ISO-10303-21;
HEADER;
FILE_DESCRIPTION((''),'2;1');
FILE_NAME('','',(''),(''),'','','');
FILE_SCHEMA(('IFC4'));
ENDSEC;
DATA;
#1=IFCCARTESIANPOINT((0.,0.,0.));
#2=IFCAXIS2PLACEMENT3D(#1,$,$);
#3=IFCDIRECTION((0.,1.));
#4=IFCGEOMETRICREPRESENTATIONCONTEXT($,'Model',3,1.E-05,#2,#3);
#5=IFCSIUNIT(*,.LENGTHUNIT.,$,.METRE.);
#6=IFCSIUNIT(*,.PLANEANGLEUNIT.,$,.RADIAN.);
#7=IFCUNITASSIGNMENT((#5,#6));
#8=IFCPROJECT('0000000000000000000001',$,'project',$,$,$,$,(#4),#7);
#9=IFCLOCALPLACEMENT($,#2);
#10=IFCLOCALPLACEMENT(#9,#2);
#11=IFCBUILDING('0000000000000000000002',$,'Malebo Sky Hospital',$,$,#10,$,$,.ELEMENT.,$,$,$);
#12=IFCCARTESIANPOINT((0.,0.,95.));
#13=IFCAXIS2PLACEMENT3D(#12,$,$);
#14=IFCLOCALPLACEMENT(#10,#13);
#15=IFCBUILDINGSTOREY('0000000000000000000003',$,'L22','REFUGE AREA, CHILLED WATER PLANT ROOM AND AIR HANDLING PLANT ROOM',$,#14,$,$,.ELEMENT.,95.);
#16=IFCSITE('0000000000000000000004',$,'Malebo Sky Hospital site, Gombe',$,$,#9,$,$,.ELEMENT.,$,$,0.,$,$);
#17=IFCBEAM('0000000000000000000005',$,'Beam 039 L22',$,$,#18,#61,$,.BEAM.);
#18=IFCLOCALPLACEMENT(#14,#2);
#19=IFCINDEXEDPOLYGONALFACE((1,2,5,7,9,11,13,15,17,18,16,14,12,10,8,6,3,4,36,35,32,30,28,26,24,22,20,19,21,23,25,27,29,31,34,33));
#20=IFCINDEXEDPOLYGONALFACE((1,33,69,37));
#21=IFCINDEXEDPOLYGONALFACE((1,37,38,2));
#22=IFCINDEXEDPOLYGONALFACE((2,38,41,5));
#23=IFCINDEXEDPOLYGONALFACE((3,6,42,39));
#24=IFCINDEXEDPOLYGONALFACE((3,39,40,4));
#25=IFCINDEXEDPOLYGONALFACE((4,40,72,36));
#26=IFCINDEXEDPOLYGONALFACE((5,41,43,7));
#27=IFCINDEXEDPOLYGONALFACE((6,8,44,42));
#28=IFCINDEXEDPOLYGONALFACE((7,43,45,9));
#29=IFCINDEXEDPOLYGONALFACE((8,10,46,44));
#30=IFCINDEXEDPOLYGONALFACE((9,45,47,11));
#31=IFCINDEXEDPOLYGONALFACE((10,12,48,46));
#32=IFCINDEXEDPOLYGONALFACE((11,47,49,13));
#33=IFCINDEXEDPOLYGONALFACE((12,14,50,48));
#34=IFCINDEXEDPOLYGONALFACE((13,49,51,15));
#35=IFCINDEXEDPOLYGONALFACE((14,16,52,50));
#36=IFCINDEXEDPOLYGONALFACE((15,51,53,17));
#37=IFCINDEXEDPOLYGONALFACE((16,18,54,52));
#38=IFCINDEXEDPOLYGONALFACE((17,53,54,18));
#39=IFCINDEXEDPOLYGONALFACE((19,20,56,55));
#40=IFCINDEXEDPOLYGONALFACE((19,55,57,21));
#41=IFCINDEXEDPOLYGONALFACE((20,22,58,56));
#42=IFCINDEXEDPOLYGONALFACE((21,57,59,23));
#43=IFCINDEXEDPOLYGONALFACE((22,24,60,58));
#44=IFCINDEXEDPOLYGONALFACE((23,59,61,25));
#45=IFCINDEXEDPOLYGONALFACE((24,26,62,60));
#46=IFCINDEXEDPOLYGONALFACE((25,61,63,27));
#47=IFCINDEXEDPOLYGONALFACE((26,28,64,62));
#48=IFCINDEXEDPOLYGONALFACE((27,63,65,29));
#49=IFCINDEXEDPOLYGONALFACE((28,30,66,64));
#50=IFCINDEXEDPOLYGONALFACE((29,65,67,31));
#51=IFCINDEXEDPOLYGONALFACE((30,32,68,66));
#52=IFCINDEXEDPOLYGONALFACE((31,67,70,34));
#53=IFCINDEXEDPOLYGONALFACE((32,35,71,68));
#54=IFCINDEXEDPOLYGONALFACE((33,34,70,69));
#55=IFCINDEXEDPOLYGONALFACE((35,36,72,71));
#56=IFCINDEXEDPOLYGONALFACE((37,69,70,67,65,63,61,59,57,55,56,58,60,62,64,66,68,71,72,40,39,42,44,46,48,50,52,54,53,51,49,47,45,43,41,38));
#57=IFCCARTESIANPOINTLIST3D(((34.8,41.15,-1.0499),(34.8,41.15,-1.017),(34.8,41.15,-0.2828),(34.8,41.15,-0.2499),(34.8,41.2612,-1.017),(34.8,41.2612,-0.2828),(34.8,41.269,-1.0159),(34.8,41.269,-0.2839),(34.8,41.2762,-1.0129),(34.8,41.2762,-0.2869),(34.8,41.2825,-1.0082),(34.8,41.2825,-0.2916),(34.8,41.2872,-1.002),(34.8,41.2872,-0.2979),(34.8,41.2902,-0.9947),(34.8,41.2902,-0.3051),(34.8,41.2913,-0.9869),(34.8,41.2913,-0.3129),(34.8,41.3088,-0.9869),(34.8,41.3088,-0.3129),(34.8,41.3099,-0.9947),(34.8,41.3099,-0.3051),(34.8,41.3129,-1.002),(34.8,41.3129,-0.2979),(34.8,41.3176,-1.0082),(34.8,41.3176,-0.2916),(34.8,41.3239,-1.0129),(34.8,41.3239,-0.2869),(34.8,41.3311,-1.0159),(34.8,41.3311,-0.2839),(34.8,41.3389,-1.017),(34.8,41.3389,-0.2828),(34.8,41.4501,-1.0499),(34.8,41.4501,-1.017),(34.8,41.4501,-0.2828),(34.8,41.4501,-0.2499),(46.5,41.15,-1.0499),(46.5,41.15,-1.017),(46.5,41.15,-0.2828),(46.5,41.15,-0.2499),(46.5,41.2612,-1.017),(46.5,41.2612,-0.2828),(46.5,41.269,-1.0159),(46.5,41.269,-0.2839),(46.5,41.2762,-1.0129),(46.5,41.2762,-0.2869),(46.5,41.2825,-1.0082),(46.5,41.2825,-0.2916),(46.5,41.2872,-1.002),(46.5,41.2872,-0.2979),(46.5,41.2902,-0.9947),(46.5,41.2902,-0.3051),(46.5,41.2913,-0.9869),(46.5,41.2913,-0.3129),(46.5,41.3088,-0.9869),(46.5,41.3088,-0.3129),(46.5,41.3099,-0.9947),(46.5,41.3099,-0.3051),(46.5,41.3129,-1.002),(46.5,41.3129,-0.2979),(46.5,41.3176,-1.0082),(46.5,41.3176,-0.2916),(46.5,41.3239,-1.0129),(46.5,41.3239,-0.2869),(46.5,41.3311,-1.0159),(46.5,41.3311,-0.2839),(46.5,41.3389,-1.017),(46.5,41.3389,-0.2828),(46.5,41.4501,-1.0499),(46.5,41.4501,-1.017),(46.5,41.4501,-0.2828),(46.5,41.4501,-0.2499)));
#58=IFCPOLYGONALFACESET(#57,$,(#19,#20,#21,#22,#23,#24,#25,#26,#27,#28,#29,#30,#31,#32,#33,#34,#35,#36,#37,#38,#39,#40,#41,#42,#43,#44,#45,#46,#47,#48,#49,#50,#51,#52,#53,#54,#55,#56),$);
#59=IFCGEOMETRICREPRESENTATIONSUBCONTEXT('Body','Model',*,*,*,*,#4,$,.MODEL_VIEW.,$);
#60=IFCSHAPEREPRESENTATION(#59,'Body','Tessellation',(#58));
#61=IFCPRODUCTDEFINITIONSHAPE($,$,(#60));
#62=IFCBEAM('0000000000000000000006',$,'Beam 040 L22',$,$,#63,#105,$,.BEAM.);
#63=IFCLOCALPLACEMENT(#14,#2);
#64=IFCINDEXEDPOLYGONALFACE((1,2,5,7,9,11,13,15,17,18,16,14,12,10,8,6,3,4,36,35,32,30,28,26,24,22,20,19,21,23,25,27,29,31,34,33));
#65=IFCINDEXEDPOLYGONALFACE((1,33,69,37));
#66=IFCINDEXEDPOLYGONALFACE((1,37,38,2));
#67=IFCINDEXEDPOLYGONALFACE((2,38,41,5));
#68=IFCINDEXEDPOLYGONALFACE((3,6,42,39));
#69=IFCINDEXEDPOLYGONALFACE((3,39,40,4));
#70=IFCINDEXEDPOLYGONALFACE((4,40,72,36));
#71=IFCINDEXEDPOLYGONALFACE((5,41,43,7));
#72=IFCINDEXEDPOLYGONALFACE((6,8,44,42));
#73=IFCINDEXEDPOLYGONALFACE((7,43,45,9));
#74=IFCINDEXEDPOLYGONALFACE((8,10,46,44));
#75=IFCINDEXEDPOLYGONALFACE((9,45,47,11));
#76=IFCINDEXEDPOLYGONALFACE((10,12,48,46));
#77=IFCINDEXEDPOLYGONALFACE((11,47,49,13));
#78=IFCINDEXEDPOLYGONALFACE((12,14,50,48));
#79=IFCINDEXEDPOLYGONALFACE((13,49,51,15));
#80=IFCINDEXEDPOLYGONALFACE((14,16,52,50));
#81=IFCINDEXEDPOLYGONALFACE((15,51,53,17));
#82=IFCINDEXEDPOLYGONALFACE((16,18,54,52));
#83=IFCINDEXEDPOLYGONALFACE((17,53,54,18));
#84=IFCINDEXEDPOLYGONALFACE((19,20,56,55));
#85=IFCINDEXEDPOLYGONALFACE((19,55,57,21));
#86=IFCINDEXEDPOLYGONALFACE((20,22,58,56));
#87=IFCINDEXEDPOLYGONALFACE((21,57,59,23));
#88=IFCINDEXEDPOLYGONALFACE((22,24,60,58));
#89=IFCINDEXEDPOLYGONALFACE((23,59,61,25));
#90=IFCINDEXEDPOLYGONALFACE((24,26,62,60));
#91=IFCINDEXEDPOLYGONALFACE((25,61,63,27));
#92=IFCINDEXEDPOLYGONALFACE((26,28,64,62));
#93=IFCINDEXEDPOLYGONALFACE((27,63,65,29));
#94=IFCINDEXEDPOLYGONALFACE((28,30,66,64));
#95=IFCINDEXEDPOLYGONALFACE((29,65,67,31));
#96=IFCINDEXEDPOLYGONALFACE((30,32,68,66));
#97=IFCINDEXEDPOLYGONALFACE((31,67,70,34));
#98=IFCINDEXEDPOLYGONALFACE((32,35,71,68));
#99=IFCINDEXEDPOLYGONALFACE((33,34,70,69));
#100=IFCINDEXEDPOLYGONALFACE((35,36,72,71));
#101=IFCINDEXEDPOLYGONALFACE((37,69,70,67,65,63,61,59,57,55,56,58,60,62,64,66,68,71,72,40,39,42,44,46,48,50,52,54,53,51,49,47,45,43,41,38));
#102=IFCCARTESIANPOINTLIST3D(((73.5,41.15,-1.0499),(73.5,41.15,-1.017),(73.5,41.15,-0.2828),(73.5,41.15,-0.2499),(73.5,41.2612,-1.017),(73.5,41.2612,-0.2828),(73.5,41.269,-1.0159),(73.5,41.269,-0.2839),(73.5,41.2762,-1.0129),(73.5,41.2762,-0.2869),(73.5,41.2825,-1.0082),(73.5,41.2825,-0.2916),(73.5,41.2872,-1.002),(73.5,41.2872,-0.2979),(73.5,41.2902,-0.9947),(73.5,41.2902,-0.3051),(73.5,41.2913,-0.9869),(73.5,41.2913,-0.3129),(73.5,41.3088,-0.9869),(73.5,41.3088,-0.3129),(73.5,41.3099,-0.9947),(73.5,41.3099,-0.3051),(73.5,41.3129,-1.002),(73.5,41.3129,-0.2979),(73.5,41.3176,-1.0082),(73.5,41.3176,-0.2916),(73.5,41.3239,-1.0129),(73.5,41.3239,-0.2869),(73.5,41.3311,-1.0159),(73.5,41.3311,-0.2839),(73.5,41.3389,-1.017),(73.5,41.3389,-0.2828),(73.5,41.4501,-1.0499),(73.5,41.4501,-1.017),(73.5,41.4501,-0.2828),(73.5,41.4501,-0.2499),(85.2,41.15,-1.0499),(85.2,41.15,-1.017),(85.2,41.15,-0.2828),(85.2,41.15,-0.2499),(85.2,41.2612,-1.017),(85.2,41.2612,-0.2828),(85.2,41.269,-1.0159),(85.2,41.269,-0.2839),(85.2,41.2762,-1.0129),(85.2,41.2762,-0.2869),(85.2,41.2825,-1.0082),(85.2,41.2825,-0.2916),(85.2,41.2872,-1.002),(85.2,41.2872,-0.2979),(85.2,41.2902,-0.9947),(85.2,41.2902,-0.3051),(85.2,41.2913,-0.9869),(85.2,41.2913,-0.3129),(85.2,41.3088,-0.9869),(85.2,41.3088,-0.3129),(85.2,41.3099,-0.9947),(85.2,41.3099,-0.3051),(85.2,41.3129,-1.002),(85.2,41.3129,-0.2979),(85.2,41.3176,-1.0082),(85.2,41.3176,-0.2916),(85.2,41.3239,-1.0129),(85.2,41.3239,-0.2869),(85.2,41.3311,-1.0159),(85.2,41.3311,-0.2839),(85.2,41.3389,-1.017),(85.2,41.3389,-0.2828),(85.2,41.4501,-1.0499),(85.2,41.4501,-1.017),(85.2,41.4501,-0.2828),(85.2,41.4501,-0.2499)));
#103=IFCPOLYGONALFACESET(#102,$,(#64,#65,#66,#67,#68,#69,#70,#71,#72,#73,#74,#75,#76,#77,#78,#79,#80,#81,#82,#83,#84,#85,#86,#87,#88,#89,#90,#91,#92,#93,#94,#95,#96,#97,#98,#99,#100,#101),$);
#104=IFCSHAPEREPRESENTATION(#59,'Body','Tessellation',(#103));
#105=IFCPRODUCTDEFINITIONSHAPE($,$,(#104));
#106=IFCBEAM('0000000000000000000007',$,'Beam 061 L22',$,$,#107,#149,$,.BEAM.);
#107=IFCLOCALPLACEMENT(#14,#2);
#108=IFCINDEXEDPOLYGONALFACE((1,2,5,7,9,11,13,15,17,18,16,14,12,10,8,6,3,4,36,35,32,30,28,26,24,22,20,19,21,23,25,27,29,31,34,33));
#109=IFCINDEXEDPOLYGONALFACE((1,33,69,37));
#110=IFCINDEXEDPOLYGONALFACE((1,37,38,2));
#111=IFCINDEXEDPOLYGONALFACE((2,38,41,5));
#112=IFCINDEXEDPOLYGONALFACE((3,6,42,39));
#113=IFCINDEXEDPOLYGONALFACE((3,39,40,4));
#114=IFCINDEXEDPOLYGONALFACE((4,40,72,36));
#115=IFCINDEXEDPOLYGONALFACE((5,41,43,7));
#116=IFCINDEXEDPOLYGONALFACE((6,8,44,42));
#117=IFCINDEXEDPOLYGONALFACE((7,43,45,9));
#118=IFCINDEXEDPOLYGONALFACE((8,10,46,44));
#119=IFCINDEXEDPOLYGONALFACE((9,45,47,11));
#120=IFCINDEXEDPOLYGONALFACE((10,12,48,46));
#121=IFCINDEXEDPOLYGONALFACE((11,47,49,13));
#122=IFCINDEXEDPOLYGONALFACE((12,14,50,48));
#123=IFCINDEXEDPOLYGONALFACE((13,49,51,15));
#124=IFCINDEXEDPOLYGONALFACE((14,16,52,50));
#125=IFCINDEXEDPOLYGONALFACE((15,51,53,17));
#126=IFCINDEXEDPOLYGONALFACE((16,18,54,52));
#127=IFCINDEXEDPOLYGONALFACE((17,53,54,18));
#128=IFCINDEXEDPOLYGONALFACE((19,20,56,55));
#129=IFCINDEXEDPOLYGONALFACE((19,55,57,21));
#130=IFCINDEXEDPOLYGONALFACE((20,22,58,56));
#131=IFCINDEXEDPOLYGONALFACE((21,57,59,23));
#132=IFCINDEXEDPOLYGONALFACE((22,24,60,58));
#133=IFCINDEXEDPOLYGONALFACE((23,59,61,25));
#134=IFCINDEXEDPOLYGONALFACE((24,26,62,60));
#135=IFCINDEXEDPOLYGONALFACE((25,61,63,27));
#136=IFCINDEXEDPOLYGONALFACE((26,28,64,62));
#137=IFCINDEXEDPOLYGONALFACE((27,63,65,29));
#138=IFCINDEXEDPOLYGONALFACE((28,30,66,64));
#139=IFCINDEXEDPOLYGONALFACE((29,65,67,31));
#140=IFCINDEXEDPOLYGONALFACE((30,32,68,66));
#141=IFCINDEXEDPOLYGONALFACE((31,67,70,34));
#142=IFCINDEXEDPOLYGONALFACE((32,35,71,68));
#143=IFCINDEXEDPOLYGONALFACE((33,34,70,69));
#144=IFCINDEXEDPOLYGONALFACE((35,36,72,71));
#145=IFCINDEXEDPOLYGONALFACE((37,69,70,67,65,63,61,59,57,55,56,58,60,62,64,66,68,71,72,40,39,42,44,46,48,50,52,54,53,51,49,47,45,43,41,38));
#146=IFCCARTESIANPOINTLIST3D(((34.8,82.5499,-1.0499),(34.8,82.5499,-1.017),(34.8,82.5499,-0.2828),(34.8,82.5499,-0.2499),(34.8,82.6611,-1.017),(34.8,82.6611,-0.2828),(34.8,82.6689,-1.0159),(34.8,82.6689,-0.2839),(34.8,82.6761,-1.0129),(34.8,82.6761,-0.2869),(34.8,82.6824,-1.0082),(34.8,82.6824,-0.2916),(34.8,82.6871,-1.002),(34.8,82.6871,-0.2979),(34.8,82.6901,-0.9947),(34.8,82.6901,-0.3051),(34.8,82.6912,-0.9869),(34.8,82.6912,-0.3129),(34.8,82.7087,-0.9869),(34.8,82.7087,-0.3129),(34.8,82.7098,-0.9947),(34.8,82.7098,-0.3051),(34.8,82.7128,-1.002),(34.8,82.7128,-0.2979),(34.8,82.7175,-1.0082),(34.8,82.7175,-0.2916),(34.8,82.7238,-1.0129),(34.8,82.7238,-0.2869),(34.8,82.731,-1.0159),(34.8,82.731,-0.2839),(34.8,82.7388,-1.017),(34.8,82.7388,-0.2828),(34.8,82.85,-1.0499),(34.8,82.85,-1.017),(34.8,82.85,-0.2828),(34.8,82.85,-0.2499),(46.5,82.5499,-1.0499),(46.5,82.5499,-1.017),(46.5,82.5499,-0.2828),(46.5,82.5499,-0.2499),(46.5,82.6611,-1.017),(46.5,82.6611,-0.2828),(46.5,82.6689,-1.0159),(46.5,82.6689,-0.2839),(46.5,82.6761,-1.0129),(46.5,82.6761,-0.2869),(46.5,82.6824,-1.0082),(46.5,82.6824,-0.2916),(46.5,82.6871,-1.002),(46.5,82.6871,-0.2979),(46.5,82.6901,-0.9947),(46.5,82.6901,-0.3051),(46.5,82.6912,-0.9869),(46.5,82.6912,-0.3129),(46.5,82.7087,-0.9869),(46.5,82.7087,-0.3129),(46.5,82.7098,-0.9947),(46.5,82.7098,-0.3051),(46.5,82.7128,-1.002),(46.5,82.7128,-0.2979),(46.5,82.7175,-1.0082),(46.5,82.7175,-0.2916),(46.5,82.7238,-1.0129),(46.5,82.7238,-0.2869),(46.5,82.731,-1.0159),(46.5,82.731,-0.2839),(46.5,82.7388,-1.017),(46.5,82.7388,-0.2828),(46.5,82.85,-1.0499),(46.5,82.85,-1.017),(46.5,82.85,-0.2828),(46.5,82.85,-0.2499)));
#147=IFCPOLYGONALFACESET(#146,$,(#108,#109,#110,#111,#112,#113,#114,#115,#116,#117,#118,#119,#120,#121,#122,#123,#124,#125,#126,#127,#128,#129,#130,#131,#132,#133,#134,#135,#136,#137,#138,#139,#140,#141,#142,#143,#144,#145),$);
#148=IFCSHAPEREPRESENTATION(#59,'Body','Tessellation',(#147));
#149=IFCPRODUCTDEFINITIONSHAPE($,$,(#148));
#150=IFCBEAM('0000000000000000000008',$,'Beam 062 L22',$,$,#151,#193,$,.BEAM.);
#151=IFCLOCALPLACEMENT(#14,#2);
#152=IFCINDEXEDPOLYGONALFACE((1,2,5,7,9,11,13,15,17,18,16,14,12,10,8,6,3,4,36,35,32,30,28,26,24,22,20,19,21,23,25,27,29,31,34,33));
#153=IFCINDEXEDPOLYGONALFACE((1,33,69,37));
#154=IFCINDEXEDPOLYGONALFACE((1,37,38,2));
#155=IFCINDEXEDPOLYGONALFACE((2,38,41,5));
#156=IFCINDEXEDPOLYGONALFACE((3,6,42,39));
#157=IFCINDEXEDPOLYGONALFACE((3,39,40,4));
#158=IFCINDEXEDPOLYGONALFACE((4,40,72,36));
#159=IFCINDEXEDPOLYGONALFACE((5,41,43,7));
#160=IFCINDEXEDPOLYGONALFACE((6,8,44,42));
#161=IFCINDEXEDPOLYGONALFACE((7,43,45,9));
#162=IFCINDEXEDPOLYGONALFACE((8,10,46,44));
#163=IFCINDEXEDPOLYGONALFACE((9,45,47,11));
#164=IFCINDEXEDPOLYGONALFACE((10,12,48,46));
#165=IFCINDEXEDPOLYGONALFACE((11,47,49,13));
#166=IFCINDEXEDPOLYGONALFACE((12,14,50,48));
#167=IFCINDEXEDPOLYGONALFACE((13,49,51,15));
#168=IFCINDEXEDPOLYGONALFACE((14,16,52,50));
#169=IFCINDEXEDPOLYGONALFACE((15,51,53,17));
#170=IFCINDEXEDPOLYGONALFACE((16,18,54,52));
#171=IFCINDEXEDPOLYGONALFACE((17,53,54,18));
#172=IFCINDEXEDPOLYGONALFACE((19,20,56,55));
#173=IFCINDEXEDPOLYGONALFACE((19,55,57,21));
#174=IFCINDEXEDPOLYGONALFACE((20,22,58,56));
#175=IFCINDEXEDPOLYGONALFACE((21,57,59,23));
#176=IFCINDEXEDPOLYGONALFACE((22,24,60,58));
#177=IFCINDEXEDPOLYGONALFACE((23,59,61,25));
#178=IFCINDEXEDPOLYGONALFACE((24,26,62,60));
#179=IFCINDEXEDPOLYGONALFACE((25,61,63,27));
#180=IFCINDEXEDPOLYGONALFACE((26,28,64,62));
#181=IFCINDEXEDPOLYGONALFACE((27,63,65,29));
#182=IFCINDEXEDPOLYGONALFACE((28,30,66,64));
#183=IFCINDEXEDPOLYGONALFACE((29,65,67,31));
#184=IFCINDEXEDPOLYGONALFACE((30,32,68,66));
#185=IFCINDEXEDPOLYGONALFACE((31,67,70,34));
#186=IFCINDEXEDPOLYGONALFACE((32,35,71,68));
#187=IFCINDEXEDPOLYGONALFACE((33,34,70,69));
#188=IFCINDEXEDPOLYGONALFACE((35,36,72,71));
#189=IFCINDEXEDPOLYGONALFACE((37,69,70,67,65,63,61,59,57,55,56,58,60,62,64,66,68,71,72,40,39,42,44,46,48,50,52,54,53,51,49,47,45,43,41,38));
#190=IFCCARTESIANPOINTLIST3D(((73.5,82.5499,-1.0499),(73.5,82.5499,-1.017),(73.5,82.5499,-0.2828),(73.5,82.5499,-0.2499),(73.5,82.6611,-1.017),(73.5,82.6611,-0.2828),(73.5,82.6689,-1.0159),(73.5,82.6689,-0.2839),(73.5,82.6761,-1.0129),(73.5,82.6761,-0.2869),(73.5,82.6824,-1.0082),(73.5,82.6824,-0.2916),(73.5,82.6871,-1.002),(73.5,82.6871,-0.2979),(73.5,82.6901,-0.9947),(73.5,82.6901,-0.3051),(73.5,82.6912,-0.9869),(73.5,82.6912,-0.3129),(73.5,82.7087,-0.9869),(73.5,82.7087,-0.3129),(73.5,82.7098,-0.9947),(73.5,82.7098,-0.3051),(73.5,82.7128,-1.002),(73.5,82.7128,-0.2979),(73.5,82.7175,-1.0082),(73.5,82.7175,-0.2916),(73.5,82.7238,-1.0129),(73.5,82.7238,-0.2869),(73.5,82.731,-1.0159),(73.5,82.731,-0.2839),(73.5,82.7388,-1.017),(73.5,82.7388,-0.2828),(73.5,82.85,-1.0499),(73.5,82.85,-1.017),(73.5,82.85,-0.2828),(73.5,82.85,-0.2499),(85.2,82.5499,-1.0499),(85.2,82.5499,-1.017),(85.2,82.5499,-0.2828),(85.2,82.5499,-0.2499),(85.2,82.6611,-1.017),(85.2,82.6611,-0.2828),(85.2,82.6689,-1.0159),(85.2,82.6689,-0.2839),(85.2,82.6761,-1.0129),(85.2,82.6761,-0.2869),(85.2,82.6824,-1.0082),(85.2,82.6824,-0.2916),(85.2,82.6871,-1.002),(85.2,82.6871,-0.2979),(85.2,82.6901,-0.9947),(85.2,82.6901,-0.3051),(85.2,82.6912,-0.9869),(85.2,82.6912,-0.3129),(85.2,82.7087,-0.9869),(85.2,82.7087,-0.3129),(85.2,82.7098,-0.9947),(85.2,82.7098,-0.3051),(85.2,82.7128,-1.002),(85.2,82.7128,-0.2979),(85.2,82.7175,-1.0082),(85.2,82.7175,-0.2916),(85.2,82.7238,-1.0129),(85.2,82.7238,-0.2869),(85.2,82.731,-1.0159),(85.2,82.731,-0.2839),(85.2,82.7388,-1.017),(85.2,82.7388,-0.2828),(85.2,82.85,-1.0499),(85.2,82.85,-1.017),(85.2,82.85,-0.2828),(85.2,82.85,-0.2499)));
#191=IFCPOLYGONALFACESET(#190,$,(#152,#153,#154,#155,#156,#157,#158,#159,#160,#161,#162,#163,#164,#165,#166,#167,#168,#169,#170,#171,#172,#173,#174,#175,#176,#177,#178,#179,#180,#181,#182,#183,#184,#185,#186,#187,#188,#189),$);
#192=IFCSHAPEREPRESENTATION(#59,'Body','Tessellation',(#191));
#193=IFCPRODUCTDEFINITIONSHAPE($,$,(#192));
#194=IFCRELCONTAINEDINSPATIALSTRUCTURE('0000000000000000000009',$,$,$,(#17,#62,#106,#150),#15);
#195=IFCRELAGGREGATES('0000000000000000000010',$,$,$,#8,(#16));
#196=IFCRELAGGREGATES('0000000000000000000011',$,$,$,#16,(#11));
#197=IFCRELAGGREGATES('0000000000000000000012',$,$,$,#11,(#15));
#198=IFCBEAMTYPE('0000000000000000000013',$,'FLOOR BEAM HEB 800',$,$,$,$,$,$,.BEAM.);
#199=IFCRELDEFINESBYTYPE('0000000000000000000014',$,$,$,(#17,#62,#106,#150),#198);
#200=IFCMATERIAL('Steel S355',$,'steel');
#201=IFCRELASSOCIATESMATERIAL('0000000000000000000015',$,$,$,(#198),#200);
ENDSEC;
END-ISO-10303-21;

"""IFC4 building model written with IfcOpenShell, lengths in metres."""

from ifc_helpers import new_model, si_unit, direction, frame, origin, origin_2d, place, context, subcontext, project, spatial, i_section, extrude, material, material_profile, profile_set, type_object, element, save


model = new_model("IFC4")

# Units and contexts
model_context = context("Model", 3, precision=1e-05, world=origin(), true_north=direction((0.0, 1.0)))
body_context = subcontext(model_context, "Body", "Model", "MODEL_VIEW")
ifc_project = project(units=[si_unit("LENGTHUNIT", "METRE"), si_unit("PLANEANGLEUNIT", "RADIAN")], contexts=[model_context])

# Site, building, storey
site_placement = place(None, origin())
site = spatial("IfcSite", under=ifc_project, at=site_placement, Name="Malebo Sky Hospital site, Gombe", CompositionType="ELEMENT", RefElevation=0.0)
building_placement = place(site_placement, origin())
building = spatial("IfcBuilding", under=site, at=building_placement, Name="Malebo Sky Hospital", CompositionType="ELEMENT")
storey_placement = place(building_placement, frame((0.0, 0.0, 95.0)))
storey = spatial("IfcBuildingStorey", under=building, at=storey_placement, Name="L22", Description="REFUGE AREA, CHILLED WATER PLANT ROOM AND AIR HANDLING PLANT ROOM", CompositionType="ELEMENT", Elevation=95.0)

# Beams
ifc_material_1 = material(Name="Steel S355", Category="steel")
ifc_material_profile_1 = material_profile(ifc_material_1, i_section(OverallWidth=0.3, OverallDepth=0.8, WebThickness=0.0176, FlangeThickness=0.033, FilletRadius=0.03, at=origin_2d()), Name="HEB 800")
ifc_profile_set_1 = profile_set([ifc_material_profile_1], Name="Steel S355")
beam_type_1 = type_object("IfcBeamType", Name="FLOOR BEAM HEB 800", PredefinedType="BEAM", material=ifc_profile_set_1)
for number, where, z_axis, x_axis, name in (
    (1, (34.8, 41.3, -0.6499), (1.0, 0.0, 0.0), (0.0, 1.0, 0.0), "Beam 039 L22"),
    (2, (73.5, 41.3, -0.6499), (1.0, 0.0, 0.0), (0.0, 1.0, 0.0), "Beam 040 L22"),
    (3, (34.8, 82.7, -0.6499), (1.0, 0.0, 0.0), (0.0, 1.0, 0.0), "Beam 061 L22"),
    (4, (73.5, 82.7, -0.6499), (1.0, 0.0, 0.0), (0.0, 1.0, 0.0), "Beam 062 L22"),
):
    element("IfcBeam", number, at=place(storey_placement, frame(where, z_axis=z_axis, x_axis=x_axis)), inside=storey, type_object=beam_type_1, Name=name, PredefinedType="BEAM", context=body_context, shape_type="SweptSolid", body=[
        extrude(i_section(OverallWidth=0.3, OverallDepth=0.8, WebThickness=0.0176, FlangeThickness=0.033, FilletRadius=0.03, at=origin_2d()), origin(), (0.0, 0.0, 1.0), 11.7),
    ])

save(model, "model.ifc")
